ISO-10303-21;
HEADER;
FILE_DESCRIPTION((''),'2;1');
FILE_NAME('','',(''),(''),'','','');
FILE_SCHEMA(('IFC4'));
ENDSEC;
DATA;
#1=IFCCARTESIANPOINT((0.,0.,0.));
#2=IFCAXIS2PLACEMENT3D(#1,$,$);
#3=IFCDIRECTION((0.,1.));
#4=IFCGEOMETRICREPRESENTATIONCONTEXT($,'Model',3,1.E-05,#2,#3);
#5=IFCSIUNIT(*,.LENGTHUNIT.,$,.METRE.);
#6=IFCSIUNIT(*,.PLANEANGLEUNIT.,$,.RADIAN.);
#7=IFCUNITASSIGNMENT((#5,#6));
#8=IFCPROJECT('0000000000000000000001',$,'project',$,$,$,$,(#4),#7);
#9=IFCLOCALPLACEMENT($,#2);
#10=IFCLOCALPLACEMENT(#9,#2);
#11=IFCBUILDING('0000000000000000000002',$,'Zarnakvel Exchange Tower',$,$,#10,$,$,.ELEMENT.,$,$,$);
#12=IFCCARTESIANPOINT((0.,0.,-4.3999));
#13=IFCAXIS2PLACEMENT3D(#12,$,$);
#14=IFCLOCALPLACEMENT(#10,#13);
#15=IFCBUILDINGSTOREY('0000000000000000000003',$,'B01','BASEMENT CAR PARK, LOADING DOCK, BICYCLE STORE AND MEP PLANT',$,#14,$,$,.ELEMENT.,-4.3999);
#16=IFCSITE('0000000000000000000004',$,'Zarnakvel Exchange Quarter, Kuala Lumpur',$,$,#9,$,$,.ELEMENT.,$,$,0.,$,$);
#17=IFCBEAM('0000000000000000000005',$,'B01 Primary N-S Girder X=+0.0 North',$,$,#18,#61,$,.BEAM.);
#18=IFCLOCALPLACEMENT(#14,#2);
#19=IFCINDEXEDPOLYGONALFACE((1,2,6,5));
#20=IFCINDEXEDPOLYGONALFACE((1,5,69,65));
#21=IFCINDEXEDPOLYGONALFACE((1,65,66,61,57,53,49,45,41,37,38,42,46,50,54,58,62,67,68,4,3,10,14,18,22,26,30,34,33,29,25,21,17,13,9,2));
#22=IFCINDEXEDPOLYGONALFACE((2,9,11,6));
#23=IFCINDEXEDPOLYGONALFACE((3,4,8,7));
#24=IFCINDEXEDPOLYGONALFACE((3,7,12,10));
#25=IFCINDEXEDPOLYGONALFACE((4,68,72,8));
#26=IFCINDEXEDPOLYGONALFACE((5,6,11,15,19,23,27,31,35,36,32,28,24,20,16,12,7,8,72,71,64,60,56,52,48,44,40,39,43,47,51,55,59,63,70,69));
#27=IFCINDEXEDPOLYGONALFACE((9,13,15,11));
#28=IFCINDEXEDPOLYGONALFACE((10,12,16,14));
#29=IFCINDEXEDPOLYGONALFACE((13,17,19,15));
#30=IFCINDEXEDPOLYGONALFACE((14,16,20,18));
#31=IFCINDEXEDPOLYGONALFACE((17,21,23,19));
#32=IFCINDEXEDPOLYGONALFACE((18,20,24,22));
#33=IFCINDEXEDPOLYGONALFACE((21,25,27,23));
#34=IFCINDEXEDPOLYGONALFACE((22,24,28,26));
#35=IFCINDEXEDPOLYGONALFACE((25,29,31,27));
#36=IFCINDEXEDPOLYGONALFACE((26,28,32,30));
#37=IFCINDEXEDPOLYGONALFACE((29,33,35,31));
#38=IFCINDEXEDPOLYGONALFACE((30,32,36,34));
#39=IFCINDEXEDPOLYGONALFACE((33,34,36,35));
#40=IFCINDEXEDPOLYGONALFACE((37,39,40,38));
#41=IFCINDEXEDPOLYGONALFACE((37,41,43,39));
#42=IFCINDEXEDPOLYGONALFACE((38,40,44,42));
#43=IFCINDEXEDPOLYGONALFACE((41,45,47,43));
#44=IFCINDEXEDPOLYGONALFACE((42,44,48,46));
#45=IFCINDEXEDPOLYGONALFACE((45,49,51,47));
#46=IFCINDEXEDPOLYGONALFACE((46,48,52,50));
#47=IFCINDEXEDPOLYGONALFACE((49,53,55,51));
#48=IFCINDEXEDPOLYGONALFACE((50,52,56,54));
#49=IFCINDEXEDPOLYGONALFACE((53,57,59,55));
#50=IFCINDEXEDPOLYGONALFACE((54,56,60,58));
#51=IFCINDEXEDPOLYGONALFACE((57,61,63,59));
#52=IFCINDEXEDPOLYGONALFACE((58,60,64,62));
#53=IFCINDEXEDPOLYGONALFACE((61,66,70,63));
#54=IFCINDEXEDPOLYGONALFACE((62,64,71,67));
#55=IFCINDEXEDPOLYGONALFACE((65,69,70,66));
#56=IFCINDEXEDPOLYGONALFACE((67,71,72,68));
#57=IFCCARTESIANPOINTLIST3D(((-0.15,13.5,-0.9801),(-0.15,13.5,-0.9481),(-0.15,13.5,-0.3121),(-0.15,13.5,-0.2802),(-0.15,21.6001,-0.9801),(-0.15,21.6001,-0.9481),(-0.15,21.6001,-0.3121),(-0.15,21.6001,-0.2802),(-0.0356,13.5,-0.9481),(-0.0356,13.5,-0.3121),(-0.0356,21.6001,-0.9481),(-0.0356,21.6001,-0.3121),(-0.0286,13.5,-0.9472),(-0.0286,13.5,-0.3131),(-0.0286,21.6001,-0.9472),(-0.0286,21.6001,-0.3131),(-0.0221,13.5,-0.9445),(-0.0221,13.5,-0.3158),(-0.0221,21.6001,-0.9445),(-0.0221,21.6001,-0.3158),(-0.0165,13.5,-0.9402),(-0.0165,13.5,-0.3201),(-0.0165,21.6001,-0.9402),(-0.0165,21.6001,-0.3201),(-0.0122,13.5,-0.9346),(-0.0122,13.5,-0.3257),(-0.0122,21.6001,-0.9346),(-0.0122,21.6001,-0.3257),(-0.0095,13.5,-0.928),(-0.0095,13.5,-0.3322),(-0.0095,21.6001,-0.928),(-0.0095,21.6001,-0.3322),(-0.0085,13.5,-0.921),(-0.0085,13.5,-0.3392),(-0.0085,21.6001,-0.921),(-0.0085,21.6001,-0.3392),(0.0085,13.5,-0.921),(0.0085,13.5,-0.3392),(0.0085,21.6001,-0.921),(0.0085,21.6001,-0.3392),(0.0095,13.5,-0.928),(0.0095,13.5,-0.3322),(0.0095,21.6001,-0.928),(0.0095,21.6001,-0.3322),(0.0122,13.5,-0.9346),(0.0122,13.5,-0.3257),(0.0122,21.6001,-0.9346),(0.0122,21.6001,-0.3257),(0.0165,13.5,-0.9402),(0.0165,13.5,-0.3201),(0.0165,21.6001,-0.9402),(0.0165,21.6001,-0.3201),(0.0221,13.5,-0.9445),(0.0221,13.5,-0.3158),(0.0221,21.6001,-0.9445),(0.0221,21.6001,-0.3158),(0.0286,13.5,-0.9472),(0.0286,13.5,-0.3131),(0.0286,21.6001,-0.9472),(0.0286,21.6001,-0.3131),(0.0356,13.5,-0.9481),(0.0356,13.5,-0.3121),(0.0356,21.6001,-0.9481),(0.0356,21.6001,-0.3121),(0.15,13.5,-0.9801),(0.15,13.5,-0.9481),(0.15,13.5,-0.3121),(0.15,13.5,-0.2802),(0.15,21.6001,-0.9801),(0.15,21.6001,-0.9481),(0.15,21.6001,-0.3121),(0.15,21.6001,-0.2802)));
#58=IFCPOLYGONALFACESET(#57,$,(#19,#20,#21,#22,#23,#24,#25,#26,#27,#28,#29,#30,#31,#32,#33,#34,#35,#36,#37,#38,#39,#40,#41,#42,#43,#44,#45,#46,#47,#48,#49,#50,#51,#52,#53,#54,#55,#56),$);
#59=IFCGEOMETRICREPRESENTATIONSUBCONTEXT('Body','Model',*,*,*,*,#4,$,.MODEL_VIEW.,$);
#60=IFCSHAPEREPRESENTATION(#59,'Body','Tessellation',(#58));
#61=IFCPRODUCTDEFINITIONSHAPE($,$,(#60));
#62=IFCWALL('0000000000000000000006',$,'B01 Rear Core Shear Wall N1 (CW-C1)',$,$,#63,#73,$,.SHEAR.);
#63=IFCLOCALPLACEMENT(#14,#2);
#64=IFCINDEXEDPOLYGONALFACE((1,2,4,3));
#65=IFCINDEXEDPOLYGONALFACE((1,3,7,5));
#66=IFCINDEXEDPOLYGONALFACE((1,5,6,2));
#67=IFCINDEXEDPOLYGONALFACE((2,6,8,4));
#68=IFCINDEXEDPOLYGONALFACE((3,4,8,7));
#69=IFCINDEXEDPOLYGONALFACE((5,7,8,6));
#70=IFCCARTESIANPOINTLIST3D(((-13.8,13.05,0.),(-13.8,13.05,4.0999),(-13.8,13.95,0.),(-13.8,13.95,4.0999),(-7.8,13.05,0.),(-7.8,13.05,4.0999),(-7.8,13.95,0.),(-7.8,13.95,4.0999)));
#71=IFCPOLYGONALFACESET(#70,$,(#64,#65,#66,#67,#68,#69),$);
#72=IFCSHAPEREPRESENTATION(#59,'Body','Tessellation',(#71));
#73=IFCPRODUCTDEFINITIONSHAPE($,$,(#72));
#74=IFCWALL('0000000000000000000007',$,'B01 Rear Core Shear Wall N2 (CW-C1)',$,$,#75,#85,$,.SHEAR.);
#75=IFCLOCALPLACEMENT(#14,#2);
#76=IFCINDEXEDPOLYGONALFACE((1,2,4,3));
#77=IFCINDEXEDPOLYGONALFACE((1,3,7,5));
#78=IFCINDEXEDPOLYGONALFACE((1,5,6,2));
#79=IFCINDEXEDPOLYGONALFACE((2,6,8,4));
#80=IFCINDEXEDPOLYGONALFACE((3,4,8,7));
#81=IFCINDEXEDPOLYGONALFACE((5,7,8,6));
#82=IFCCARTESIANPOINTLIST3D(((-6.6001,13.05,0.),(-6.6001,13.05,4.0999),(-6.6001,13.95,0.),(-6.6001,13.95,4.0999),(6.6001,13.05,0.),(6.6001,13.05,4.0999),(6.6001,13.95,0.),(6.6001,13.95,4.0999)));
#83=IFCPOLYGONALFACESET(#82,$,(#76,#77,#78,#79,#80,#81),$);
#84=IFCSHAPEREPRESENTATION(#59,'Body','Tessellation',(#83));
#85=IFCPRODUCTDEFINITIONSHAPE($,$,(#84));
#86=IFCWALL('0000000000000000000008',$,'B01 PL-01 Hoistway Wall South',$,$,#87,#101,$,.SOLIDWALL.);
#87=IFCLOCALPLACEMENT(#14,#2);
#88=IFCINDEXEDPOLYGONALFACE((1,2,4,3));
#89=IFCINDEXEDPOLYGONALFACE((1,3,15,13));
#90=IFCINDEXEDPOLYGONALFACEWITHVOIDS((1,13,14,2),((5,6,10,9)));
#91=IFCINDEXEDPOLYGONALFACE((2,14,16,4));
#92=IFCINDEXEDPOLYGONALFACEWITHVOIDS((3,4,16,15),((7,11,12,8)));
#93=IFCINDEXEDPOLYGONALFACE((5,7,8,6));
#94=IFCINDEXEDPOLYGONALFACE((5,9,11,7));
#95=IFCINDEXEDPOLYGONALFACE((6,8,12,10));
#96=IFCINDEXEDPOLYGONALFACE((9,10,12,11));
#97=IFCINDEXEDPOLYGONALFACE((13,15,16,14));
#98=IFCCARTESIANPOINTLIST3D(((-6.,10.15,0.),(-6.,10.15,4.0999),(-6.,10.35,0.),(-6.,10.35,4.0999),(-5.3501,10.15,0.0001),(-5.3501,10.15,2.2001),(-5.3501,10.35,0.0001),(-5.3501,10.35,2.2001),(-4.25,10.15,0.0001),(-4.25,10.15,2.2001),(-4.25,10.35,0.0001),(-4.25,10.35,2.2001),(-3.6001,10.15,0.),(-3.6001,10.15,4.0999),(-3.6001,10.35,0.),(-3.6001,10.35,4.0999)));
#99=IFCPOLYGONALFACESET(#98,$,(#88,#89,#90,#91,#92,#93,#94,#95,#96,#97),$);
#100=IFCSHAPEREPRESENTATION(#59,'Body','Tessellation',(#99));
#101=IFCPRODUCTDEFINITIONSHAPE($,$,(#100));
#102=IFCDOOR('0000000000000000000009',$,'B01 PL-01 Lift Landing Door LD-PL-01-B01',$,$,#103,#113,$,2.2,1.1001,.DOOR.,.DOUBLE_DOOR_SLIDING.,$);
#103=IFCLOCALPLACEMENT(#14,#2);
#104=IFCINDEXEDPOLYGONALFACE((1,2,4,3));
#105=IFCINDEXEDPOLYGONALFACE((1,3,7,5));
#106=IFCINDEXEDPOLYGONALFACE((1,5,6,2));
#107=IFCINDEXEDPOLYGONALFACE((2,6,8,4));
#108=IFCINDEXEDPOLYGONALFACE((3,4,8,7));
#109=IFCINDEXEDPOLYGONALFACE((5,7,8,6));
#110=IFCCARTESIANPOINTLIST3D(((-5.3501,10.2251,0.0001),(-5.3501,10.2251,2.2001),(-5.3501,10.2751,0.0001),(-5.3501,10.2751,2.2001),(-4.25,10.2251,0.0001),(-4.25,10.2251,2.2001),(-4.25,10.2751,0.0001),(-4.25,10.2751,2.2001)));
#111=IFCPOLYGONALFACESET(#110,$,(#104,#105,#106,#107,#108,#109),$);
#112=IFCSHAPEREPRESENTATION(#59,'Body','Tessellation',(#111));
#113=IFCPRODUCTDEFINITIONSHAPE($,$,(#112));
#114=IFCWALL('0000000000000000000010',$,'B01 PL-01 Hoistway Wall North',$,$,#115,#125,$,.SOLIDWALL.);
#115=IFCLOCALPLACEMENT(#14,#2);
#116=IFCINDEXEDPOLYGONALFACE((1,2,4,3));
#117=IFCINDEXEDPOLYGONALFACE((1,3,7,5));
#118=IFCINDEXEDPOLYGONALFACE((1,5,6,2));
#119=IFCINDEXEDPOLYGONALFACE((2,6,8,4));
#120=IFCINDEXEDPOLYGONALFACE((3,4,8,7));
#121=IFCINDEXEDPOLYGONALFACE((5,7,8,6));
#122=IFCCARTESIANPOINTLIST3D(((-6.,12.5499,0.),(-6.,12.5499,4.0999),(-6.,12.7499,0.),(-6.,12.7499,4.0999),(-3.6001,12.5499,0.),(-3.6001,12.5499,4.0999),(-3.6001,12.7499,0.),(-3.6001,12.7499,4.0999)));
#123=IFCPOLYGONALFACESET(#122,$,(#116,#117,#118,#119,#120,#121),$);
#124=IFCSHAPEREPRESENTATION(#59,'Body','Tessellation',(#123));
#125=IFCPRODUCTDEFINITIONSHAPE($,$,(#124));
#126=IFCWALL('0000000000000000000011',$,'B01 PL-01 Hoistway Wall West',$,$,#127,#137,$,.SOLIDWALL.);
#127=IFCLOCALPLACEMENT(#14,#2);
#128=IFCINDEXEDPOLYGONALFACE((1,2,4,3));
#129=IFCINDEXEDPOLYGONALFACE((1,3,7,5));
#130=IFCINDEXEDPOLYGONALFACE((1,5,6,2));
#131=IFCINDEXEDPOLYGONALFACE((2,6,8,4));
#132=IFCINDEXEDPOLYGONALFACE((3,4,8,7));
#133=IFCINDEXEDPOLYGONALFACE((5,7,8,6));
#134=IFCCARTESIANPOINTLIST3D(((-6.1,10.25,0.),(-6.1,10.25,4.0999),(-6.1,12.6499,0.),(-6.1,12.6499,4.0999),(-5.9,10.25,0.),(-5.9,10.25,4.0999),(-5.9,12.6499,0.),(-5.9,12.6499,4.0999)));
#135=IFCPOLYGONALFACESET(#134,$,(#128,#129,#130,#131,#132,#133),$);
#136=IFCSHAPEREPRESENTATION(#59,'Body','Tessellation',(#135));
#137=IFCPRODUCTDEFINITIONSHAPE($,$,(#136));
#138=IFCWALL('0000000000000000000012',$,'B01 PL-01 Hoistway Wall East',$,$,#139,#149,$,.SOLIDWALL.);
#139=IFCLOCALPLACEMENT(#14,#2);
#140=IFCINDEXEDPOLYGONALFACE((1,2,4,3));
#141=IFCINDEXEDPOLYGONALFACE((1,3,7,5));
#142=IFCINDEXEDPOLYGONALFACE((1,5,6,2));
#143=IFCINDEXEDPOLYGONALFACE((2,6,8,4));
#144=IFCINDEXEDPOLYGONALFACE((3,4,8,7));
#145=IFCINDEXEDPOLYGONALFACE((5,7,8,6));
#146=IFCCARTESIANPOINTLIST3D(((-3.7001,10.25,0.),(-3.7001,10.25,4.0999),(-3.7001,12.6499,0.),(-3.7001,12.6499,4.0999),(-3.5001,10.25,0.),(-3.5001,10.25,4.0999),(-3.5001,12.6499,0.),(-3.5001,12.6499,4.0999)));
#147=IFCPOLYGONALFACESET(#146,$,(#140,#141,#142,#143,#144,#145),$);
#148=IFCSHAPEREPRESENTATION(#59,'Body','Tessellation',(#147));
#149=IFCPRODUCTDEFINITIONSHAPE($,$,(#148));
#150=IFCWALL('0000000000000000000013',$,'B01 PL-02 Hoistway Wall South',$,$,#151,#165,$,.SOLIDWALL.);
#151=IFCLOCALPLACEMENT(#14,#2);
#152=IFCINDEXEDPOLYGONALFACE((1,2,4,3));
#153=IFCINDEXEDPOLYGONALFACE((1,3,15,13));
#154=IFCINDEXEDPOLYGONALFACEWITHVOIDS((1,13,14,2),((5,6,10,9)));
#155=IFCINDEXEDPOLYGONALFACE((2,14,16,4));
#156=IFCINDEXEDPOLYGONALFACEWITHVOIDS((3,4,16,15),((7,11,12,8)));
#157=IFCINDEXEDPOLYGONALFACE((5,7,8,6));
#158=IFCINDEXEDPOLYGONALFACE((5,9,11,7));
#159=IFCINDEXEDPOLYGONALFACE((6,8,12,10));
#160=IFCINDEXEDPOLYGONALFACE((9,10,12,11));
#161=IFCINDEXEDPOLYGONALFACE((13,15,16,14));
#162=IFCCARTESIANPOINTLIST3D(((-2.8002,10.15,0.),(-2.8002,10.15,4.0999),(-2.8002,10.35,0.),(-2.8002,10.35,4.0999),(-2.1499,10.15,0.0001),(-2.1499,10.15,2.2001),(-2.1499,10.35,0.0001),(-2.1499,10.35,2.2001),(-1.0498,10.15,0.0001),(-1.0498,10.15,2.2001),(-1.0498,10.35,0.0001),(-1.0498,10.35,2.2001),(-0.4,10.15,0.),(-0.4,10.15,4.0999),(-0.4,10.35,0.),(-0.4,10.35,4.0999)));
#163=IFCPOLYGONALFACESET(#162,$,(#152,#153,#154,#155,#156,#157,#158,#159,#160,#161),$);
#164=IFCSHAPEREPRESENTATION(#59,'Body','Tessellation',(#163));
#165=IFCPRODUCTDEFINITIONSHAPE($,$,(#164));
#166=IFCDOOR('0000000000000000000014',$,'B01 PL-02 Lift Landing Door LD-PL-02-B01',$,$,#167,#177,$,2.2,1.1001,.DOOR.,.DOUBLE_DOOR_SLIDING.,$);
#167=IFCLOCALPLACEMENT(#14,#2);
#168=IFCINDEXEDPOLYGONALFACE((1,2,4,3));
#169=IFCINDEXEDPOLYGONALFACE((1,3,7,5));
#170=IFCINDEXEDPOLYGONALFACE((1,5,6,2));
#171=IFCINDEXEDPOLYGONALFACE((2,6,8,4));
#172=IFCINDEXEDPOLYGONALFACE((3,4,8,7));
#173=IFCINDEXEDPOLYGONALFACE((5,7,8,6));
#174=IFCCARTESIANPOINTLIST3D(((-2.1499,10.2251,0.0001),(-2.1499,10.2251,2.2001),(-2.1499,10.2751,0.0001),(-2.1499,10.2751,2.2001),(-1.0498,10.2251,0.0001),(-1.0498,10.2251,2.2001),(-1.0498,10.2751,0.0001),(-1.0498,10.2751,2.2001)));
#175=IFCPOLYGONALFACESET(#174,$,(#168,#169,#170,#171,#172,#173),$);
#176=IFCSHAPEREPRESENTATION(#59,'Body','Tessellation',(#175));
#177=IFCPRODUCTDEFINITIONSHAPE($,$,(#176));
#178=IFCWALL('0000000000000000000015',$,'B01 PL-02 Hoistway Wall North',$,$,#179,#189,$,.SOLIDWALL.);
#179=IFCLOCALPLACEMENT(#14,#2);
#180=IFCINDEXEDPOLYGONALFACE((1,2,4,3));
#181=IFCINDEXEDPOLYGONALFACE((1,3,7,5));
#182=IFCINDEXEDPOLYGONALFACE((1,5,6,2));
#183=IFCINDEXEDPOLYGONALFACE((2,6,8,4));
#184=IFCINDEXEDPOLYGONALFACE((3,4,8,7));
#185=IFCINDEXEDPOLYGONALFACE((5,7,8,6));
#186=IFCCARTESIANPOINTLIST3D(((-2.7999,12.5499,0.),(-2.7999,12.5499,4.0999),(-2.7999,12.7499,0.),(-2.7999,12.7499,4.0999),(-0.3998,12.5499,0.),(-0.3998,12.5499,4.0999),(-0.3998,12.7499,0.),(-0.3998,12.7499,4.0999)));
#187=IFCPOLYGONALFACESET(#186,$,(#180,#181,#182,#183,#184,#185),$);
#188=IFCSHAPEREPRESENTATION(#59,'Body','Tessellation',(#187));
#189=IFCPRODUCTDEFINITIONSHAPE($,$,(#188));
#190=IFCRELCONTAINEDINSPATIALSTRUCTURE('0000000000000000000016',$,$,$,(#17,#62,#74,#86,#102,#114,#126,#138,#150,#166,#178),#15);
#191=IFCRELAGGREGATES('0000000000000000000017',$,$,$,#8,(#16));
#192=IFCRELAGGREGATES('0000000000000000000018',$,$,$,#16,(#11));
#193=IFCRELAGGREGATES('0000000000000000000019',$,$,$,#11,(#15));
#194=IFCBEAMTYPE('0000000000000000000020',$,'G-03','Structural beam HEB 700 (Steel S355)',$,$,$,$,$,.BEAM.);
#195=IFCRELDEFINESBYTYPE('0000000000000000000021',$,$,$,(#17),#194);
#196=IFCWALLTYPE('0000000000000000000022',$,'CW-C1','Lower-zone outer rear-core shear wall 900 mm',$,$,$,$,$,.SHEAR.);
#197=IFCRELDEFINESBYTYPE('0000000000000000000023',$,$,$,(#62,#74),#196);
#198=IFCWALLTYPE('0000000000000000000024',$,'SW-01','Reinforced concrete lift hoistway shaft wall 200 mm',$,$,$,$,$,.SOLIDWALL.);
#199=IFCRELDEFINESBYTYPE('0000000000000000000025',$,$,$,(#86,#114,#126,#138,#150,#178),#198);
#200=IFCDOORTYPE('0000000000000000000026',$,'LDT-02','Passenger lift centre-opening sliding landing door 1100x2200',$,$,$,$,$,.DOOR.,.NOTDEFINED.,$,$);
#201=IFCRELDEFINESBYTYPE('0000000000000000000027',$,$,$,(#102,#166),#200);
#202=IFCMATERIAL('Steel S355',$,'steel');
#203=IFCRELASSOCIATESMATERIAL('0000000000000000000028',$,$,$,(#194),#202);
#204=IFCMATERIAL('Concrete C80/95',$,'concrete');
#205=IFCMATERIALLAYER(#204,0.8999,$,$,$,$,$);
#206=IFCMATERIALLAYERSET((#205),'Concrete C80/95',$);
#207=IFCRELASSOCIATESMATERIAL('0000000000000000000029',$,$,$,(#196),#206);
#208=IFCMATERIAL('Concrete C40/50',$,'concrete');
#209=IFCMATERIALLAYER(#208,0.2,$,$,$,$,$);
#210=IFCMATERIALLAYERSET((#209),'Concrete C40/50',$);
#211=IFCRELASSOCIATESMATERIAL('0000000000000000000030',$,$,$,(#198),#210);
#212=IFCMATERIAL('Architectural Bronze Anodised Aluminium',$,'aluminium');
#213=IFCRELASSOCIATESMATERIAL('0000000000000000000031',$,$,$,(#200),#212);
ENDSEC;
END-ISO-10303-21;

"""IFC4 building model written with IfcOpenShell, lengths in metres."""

from ifc_helpers import new_model, si_unit, direction, frame, frame_2d, origin, origin_2d, place, context, subcontext, project, spatial, rectangle, i_section, extrude, source, transform, mapped, material, layer, layer_set, material_profile, profile_set, type_object, element, fill, save


model = new_model("IFC4")

# Units and contexts
model_context = context("Model", 3, precision=1e-05, world=origin(), true_north=direction((0.0, 1.0)))
body_context = subcontext(model_context, "Body", "Model", "MODEL_VIEW")
ifc_project = project(units=[si_unit("LENGTHUNIT", "METRE"), si_unit("PLANEANGLEUNIT", "RADIAN")], contexts=[model_context])

# Site, building, storey
site_placement = place(None, origin())
site = spatial("IfcSite", under=ifc_project, at=site_placement, Name="Zarnakvel Exchange Quarter, Kuala Lumpur", CompositionType="ELEMENT", RefElevation=0.0)
building_placement = place(site_placement, origin())
building = spatial("IfcBuilding", under=site, at=building_placement, Name="Zarnakvel Exchange Tower", CompositionType="ELEMENT")
storey_placement = place(building_placement, frame((0.0, 0.0, -4.3999)))
storey = spatial("IfcBuildingStorey", under=building, at=storey_placement, Name="B01", Description="BASEMENT CAR PARK, LOADING DOCK, BICYCLE STORE AND MEP PLANT", CompositionType="ELEMENT", Elevation=-4.3999)

# Shared definitions
ifc_material_1 = material(Name="Concrete C80/95", Category="concrete")

# Beam
ifc_material_2 = material(Name="Steel S355", Category="steel")
ifc_material_profile_1 = material_profile(ifc_material_2, i_section(OverallWidth=0.3, OverallDepth=0.7, WebThickness=0.0171, FlangeThickness=0.032, FilletRadius=0.0271, at=origin_2d()))
ifc_profile_set_1 = profile_set([ifc_material_profile_1], Name="Steel S355")
beam_type_1 = type_object("IfcBeamType", Name="G-03", Description="Structural beam HEB 700 (Steel S355)", PredefinedType="BEAM", material=ifc_profile_set_1)
beam_1_placement = place(storey_placement, frame((0.0, 13.5, -0.6301), z_axis=(0.0, 1.0, 0.0), x_axis=(-1.0, 0.0, 0.0)))
element("IfcBeam", 1, at=beam_1_placement, inside=storey, type_object=beam_type_1, Name="B01 Primary N-S Girder X=+0.0 North", PredefinedType="BEAM", context=body_context, shape_type="SweptSolid", body=[
    extrude(i_section(OverallWidth=0.3, OverallDepth=0.7, WebThickness=0.0171, FlangeThickness=0.032, FilletRadius=0.0271, at=origin_2d()), origin(), (0.0, 0.0, 1.0), 8.1001),
])

# Walls
ifc_layer_1 = layer(ifc_material_1, 0.8999)
ifc_layer_set_1 = layer_set([ifc_layer_1], Name="Concrete C80/95")
wall_type_1 = type_object("IfcWallType", Name="CW-C1", Description="Lower-zone outer rear-core shear wall 900 mm", PredefinedType="SHEAR", material=ifc_layer_set_1)
wall_1_placement = place(storey_placement, frame((-13.8, 13.5, 0.0), z_axis=(0.0, 0.0, 1.0), x_axis=(1.0, 0.0, 0.0)))
element("IfcWall", 2, at=wall_1_placement, inside=storey, type_object=wall_type_1, Name="B01 Rear Core Shear Wall N1 (CW-C1)", PredefinedType="SHEAR", context=body_context, shape_type="SweptSolid", body=[
    extrude(rectangle(XDim=6.0, YDim=0.8999, at=frame_2d((3.0, 0.0))), origin(), (0.0, 0.0, 1.0), 4.0999),
])
wall_2_placement = place(storey_placement, frame((-6.6001, 13.5, 0.0), z_axis=(0.0, 0.0, 1.0), x_axis=(1.0, 0.0, 0.0)))
element("IfcWall", 3, at=wall_2_placement, inside=storey, type_object=wall_type_1, Name="B01 Rear Core Shear Wall N2 (CW-C1)", PredefinedType="SHEAR", context=body_context, shape_type="SweptSolid", body=[
    extrude(rectangle(XDim=13.2002, YDim=0.8999, at=frame_2d((6.6001, 0.0))), origin(), (0.0, 0.0, 1.0), 4.0999),
])

# Wall, opening, door
ifc_material_3 = material(Name="Concrete C40/50", Category="concrete")
ifc_layer_2 = layer(ifc_material_3, 0.2)
ifc_layer_set_2 = layer_set([ifc_layer_2], Name="Concrete C40/50")
wall_type_2 = type_object("IfcWallType", Name="SW-01", Description="Reinforced concrete lift hoistway shaft wall 200 mm", PredefinedType="SOLIDWALL", material=ifc_layer_set_2)
wall_3_placement = place(storey_placement, frame((-3.6001, 10.25, 0.0), z_axis=(0.0, 0.0, 1.0), x_axis=(-1.0, 0.0, 0.0)))
wall_3 = element("IfcWall", 4, at=wall_3_placement, inside=storey, type_object=wall_type_2, Name="B01 PL-01 Hoistway Wall South", PredefinedType="SOLIDWALL", context=body_context, shape_type="SweptSolid", body=[
    extrude(rectangle(XDim=2.3999, YDim=0.2, at=frame_2d((1.2, 0.0))), origin(), (0.0, 0.0, 1.0), 4.0999),
])
opening_1_placement = place(wall_3_placement, frame((0.6499, 0.0, 0.0)))
opening_1 = element("IfcOpeningElement", 5, at=opening_1_placement, cuts=wall_3, PredefinedType="OPENING", context=body_context, shape_type="SweptSolid", body=[
    extrude(rectangle(XDim=1.1001, YDim=2.2, at=frame_2d((0.55, 1.1001))), frame((0.0, 0.1099, 0.0), z_axis=(0.0, -1.0, 0.0), x_axis=(1.0, 0.0, 0.0)), (0.0, 0.0, 1.0), 0.22),
])
ifc_material_4 = material(Name="Architectural Bronze Anodised Aluminium", Category="aluminium")
door_type = type_object("IfcDoorType", Name="LDT-02", Description="Passenger lift centre-opening sliding landing door 1100x2200", OperationType="NOTDEFINED", PredefinedType="DOOR", material=ifc_material_4)
shared_shape = source(origin(), body_context, "Body", "SweptSolid", [
    extrude(rectangle(XDim=1.1001, YDim=2.2, at=frame_2d((0.55, 1.1001))), frame((0.0, 0.0249, 0.0), z_axis=(0.0, -1.0, 0.0), x_axis=(1.0, 0.0, 0.0)), (0.0, 0.0, 1.0), 0.05),
])
door_1_placement = place(opening_1_placement, origin())
door_1 = element("IfcDoor", 6, at=door_1_placement, inside=storey, type_object=door_type, Name="B01 PL-01 Lift Landing Door LD-PL-01-B01", OperationType="DOUBLE_DOOR_SLIDING", OverallHeight=2.2, OverallWidth=1.1001, PredefinedType="DOOR", context=body_context, shape_type="MappedRepresentation", body=[
    mapped(shared_shape, transform((0.0, 0.0, 0.0), x_axis=(1.0, 0.0, 0.0), y_axis=(0.0, 1.0, 0.0), z_axis=(0.0, 0.0, 1.0), scale=1.0)),
])
fill(opening_1, door_1)

# Walls
for number, where, z_axis, x_axis, name in (
    (7, (-6.0, 12.6499, 0.0), (0.0, 0.0, 1.0), (1.0, 0.0, 0.0), "B01 PL-01 Hoistway Wall North"),
    (8, (-6.0, 10.25, 0.0), (0.0, 0.0, 1.0), (0.0, 1.0, 0.0), "B01 PL-01 Hoistway Wall West"),
    (9, (-3.6001, 12.6499, 0.0), (0.0, 0.0, 1.0), (0.0, -1.0, 0.0), "B01 PL-01 Hoistway Wall East"),
):
    element("IfcWall", number, at=place(storey_placement, frame(where, z_axis=z_axis, x_axis=x_axis)), inside=storey, type_object=wall_type_2, Name=name, PredefinedType="SOLIDWALL", context=body_context, shape_type="SweptSolid", body=[
        extrude(rectangle(XDim=2.3999, YDim=0.2, at=frame_2d((1.2, 0.0))), origin(), (0.0, 0.0, 1.0), 4.0999),
    ])

# Wall, opening, door
wall_4_placement = place(storey_placement, frame((-0.3999, 10.25, 0.0), z_axis=(0.0, 0.0, 1.0), x_axis=(-1.0, 0.0, 0.0)))
wall_4 = element("IfcWall", 10, at=wall_4_placement, inside=storey, type_object=wall_type_2, Name="B01 PL-02 Hoistway Wall South", PredefinedType="SOLIDWALL", context=body_context, shape_type="SweptSolid", body=[
    extrude(rectangle(XDim=2.4001, YDim=0.2, at=frame_2d((1.2002, 0.0))), origin(), (0.0, 0.0, 1.0), 4.0999),
])
opening_2_placement = place(wall_4_placement, frame((0.6499, 0.0, 0.0)))
opening_2 = element("IfcOpeningElement", 11, at=opening_2_placement, cuts=wall_4, PredefinedType="OPENING", context=body_context, shape_type="SweptSolid", body=[
    extrude(rectangle(XDim=1.1001, YDim=2.2, at=frame_2d((0.55, 1.1001))), frame((0.0, 0.1099, 0.0), z_axis=(0.0, -1.0, 0.0), x_axis=(1.0, 0.0, 0.0)), (0.0, 0.0, 1.0), 0.22),
])
door_2_placement = place(opening_2_placement, origin())
door_2 = element("IfcDoor", 12, at=door_2_placement, inside=storey, type_object=door_type, Name="B01 PL-02 Lift Landing Door LD-PL-02-B01", OperationType="DOUBLE_DOOR_SLIDING", OverallHeight=2.2, OverallWidth=1.1001, PredefinedType="DOOR", context=body_context, shape_type="MappedRepresentation", body=[
    mapped(shared_shape, transform((0.0, 0.0, 0.0), x_axis=(1.0, 0.0, 0.0), y_axis=(0.0, 1.0, 0.0), z_axis=(0.0, 0.0, 1.0), scale=1.0)),
])
fill(opening_2, door_2)

# Wall
wall_5_placement = place(storey_placement, frame((-2.8, 12.6499, 0.0), z_axis=(0.0, 0.0, 1.0), x_axis=(1.0, 0.0, 0.0)))
element("IfcWall", 13, at=wall_5_placement, inside=storey, type_object=wall_type_2, Name="B01 PL-02 Hoistway Wall North", PredefinedType="SOLIDWALL", context=body_context, shape_type="SweptSolid", body=[
    extrude(rectangle(XDim=2.4001, YDim=0.2, at=frame_2d((1.2002, 0.0))), origin(), (0.0, 0.0, 1.0), 4.0999),
])

save(model, "model.ifc")
